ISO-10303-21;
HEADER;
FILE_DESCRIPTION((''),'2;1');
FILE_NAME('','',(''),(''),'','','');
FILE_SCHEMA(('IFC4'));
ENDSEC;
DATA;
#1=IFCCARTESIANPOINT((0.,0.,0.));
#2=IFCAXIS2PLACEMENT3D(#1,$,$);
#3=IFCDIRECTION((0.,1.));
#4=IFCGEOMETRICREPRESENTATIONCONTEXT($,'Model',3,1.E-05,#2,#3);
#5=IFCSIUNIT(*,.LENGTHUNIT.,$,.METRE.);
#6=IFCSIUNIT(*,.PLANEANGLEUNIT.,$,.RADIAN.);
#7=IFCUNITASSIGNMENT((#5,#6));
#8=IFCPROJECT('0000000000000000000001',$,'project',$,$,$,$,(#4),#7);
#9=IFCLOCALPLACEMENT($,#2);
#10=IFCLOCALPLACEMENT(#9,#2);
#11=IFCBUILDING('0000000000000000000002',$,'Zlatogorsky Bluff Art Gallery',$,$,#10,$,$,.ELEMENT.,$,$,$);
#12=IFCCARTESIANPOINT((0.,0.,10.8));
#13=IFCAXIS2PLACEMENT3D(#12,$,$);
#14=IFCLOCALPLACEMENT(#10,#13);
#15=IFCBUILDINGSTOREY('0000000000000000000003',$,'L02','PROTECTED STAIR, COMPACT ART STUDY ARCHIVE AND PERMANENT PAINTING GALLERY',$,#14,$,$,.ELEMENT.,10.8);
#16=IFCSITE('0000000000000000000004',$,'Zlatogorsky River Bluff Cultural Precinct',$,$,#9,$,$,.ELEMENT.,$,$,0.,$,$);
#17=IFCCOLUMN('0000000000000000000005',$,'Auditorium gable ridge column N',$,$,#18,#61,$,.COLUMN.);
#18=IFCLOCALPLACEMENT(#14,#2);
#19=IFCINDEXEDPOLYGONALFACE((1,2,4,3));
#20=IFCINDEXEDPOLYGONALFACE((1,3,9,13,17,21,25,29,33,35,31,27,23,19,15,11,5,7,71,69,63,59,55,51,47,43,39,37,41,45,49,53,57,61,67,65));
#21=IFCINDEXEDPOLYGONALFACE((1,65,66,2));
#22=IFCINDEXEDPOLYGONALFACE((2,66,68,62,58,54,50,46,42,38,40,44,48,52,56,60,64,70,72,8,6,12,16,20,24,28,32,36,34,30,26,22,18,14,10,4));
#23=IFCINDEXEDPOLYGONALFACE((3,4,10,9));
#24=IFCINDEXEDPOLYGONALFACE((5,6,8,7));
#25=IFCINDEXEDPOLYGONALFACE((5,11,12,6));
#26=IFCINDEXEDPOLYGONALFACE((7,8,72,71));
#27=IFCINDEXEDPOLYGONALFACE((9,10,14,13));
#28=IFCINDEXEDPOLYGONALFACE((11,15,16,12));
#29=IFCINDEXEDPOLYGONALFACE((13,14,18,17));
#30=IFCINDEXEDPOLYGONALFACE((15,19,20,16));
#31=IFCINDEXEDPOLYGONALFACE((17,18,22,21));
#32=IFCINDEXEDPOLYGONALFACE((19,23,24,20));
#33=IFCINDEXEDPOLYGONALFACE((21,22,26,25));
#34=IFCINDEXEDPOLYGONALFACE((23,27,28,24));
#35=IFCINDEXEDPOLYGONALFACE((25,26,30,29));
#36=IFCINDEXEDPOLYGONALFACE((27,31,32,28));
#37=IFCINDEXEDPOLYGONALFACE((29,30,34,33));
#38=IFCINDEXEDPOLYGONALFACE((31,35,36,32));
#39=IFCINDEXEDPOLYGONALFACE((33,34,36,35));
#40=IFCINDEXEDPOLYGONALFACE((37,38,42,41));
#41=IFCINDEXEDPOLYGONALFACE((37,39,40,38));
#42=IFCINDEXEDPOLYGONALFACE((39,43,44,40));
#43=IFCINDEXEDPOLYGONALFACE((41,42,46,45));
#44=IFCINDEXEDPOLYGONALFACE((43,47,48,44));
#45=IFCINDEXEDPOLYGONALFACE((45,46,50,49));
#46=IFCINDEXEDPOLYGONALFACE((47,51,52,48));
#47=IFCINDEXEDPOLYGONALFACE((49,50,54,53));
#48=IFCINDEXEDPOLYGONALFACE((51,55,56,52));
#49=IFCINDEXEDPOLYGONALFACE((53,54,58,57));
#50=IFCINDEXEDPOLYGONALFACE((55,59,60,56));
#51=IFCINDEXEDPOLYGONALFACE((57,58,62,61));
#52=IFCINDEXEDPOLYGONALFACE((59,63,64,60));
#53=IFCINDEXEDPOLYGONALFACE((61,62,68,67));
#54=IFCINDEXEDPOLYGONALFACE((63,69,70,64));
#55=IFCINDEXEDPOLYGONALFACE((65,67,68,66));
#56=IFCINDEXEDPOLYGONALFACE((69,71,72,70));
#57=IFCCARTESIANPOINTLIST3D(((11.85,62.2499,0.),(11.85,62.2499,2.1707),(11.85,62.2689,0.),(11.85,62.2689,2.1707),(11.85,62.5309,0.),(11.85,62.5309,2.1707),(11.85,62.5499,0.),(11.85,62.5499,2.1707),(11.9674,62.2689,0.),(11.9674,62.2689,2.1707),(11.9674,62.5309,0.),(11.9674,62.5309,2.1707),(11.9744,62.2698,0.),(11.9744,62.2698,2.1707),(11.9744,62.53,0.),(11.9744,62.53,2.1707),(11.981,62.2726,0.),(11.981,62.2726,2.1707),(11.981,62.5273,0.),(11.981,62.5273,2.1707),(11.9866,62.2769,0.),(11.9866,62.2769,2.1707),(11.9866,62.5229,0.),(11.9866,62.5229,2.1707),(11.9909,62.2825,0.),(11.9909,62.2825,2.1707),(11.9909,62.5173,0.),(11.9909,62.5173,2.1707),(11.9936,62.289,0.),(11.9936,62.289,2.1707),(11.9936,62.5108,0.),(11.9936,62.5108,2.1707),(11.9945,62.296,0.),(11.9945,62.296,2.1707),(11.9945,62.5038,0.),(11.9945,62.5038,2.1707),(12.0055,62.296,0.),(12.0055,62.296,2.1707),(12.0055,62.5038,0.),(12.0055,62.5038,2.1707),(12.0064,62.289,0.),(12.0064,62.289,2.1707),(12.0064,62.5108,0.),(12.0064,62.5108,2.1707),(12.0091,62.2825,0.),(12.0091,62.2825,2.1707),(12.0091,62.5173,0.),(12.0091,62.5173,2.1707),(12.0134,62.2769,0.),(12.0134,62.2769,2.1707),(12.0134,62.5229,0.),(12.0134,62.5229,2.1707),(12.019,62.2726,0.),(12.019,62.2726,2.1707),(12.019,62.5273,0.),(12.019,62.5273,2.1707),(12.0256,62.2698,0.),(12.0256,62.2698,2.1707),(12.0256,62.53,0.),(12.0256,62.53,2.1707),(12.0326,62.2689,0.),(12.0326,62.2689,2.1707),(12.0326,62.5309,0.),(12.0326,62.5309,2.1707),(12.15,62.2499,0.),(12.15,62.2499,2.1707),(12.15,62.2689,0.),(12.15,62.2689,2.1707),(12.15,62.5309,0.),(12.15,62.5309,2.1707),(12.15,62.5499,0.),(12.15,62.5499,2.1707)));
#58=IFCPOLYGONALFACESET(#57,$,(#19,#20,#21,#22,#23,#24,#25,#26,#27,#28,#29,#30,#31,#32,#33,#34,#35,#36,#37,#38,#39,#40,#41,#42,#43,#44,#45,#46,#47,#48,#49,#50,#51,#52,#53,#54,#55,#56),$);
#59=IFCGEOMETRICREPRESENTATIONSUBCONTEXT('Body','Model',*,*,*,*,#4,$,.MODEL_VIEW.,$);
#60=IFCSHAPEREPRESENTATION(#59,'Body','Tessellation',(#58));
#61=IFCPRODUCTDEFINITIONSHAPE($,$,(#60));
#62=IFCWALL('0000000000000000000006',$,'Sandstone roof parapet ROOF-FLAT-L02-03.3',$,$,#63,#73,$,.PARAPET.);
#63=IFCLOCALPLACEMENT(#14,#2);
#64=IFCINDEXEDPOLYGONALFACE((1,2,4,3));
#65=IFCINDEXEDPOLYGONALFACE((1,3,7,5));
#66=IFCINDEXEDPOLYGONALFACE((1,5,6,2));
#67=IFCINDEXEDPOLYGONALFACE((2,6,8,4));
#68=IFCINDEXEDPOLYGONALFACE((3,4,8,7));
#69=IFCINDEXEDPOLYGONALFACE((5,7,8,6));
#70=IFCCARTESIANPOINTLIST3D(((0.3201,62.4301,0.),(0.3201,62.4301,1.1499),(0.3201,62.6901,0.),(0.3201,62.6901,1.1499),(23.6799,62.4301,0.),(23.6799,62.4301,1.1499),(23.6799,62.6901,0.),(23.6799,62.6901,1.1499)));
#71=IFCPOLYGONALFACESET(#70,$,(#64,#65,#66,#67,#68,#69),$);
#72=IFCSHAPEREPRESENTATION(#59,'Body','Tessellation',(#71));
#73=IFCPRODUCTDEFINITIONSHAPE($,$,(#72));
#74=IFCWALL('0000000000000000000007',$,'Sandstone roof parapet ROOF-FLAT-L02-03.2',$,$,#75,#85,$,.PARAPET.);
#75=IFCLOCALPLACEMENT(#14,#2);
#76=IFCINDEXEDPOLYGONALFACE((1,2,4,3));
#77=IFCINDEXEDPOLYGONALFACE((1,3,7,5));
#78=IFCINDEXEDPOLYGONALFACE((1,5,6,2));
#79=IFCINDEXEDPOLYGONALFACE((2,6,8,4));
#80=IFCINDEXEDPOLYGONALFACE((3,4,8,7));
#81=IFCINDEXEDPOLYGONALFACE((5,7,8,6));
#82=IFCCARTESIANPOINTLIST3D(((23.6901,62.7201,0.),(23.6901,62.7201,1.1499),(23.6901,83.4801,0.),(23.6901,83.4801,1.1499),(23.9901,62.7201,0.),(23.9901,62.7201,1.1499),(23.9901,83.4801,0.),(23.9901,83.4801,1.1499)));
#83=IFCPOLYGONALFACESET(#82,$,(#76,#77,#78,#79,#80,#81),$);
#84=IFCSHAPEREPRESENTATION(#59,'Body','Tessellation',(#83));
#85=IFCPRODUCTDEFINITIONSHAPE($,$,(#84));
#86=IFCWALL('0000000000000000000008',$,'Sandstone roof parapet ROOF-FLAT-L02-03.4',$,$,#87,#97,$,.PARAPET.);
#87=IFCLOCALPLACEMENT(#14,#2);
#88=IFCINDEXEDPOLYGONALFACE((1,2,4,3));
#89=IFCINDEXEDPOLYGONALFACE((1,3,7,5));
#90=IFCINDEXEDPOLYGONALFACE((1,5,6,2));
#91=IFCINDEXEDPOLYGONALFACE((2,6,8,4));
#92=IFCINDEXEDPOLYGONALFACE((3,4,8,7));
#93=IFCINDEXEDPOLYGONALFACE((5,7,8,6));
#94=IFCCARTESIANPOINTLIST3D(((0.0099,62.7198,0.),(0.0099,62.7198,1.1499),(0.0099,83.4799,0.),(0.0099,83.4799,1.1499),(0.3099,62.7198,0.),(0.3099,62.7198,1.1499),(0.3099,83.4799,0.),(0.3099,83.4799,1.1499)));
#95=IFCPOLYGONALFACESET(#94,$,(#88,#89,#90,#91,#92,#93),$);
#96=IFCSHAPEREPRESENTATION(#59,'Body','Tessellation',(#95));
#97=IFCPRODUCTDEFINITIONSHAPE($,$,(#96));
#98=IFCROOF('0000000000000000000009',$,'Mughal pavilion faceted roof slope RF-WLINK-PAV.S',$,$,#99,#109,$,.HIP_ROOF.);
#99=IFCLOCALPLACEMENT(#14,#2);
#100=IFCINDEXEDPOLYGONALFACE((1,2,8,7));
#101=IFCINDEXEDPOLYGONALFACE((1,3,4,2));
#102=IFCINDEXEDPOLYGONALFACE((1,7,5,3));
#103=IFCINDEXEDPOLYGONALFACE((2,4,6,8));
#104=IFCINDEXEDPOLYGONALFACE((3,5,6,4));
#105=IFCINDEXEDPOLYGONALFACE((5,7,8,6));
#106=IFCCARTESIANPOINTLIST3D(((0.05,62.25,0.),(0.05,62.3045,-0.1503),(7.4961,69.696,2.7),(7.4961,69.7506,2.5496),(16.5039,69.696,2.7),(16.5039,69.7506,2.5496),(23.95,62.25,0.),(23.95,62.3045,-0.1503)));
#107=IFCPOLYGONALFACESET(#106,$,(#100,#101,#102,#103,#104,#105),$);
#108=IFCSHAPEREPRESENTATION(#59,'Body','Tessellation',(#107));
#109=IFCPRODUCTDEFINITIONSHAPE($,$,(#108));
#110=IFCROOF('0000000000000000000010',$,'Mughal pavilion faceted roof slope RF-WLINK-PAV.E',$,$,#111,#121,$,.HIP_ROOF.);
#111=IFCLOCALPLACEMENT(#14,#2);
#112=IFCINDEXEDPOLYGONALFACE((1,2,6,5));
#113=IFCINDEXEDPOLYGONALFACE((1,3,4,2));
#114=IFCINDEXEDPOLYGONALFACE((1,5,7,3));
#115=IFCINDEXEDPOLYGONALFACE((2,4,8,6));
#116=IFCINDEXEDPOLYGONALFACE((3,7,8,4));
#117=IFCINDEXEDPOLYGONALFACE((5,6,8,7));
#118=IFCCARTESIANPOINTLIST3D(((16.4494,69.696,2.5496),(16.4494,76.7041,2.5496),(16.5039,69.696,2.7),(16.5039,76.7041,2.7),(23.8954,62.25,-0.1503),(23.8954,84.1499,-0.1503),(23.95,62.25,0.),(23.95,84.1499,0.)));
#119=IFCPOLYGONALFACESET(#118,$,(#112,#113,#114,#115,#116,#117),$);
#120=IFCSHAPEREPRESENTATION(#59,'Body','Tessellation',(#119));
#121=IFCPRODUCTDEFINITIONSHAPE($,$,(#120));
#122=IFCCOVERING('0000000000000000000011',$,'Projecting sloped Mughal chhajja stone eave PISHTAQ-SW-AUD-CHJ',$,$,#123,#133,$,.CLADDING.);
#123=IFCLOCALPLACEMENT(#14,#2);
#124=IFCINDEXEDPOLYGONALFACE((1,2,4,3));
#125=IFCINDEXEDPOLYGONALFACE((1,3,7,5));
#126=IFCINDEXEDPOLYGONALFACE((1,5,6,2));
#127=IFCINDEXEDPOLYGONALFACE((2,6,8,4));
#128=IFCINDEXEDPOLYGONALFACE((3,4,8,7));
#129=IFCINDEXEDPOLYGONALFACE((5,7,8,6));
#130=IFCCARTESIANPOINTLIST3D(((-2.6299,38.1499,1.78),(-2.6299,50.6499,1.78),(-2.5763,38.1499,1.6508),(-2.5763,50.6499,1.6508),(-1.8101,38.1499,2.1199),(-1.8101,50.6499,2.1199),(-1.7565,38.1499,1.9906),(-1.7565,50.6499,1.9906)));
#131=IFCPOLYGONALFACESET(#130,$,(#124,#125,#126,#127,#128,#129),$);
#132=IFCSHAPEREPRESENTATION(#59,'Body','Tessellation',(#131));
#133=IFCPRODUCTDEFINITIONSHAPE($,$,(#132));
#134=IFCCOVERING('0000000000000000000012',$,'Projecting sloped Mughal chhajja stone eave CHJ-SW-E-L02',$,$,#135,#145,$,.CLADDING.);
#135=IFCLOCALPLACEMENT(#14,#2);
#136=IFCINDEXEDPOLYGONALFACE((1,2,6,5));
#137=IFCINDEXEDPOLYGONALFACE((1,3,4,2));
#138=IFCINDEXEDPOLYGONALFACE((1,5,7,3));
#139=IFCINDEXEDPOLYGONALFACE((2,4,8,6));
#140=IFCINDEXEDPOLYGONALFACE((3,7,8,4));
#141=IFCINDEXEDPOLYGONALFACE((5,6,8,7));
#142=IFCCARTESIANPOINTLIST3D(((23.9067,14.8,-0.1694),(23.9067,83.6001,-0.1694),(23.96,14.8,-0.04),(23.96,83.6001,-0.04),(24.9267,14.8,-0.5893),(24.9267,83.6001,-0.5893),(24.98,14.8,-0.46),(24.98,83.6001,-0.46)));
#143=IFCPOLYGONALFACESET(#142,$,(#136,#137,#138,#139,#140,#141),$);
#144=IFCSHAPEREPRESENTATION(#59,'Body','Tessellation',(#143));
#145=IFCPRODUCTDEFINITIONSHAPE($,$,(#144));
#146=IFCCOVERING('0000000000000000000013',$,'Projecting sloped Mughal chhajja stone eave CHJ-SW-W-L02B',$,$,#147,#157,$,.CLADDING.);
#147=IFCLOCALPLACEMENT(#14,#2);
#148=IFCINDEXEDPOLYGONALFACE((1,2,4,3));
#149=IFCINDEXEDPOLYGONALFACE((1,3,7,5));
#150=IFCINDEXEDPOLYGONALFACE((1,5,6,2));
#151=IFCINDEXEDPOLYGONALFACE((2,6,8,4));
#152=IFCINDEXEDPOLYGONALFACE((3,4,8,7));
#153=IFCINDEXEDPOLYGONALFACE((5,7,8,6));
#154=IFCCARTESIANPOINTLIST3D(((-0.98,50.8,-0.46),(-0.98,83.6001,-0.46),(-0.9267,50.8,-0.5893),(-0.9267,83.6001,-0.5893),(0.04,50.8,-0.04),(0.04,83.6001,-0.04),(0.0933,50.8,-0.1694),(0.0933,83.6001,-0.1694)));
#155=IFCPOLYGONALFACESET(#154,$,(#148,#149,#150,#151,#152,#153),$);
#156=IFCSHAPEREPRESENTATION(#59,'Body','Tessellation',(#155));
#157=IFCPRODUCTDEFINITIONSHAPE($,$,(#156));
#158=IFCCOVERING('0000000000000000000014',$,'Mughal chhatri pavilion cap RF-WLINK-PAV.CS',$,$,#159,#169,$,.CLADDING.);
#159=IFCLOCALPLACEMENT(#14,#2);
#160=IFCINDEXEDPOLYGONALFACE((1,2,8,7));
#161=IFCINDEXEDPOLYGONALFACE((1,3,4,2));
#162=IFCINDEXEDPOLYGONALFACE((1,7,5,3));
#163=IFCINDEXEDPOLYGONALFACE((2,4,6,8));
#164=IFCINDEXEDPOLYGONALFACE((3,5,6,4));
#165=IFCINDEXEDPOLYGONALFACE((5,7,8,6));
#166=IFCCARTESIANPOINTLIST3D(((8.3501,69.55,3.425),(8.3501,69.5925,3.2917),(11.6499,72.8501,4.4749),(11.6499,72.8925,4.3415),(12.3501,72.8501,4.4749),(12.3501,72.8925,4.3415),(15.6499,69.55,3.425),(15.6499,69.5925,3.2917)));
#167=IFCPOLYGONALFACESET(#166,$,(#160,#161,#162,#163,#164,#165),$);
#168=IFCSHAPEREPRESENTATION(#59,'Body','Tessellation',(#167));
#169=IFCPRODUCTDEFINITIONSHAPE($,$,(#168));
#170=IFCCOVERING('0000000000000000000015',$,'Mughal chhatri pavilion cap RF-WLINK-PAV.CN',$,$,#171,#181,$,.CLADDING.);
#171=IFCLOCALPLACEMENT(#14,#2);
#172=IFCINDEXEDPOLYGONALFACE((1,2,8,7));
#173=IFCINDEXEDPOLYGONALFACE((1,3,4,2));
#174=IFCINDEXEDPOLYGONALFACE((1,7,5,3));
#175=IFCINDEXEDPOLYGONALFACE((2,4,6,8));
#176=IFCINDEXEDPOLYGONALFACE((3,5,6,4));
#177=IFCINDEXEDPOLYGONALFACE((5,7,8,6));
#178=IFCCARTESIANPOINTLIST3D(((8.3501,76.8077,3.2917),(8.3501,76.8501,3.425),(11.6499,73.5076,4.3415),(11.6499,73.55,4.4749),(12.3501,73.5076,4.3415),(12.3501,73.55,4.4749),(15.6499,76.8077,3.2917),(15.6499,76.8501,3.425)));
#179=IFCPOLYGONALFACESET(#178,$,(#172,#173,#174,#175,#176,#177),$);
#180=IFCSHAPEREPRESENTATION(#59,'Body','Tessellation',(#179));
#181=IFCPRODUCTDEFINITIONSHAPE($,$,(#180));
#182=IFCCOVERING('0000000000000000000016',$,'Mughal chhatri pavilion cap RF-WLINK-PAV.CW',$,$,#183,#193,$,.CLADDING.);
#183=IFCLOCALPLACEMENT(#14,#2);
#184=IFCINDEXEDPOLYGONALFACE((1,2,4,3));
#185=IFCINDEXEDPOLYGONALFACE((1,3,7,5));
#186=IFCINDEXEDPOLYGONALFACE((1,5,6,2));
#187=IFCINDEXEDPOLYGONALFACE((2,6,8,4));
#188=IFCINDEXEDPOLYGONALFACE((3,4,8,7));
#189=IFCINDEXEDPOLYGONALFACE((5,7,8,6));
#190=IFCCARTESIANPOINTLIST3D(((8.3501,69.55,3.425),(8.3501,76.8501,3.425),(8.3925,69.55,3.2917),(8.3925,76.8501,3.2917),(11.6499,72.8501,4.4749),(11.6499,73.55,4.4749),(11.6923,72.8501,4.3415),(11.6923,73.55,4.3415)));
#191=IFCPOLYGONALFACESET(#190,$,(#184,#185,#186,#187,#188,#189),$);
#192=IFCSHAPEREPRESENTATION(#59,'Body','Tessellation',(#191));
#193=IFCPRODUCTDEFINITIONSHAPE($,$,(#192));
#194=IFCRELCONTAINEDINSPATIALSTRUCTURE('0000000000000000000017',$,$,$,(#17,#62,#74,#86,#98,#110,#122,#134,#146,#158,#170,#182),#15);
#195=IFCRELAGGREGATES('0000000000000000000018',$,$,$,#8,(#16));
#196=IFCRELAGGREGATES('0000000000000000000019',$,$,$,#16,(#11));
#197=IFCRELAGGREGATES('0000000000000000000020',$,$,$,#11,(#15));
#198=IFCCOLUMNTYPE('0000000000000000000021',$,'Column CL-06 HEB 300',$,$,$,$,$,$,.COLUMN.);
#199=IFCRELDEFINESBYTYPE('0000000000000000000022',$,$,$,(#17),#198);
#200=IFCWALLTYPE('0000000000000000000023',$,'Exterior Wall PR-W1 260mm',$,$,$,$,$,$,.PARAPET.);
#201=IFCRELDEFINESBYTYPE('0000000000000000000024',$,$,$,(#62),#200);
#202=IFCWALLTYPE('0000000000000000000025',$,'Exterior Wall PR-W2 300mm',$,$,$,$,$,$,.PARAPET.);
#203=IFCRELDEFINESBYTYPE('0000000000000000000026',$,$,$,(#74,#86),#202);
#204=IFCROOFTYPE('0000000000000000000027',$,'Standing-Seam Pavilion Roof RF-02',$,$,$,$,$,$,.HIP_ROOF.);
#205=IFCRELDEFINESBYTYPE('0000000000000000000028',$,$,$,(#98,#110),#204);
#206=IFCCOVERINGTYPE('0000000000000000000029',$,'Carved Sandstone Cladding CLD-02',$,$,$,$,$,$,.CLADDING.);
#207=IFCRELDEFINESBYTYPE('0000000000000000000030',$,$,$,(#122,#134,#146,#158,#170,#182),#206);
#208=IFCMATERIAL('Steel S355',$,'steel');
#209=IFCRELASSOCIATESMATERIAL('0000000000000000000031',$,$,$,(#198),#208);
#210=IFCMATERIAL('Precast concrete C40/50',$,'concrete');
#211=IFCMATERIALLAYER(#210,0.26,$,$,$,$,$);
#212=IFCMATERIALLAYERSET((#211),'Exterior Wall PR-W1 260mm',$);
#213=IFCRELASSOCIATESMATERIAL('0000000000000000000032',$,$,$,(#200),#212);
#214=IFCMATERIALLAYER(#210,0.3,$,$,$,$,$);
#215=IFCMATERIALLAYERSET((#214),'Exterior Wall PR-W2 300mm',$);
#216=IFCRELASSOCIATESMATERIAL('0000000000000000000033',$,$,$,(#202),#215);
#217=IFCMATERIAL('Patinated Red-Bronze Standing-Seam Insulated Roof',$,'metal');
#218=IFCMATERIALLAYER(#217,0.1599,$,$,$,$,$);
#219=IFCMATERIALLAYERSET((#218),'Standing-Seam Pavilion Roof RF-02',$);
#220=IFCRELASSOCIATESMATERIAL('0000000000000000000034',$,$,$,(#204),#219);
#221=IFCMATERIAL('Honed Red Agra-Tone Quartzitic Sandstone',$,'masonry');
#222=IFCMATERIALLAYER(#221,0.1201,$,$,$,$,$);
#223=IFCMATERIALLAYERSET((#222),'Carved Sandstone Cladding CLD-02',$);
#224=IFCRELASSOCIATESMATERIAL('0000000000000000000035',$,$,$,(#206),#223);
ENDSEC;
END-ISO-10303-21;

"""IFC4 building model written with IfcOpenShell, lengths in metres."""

from ifc_helpers import new_model, si_unit, direction, frame, frame_2d, origin, origin_2d, place, context, subcontext, project, spatial, polyline, rectangle, i_section, outline, extrude, material, layer, layer_set, material_profile, profile_set, type_object, element, save


model = new_model("IFC4")

# Units and contexts
model_context = context("Model", 3, precision=1e-05, world=origin(), true_north=direction((0.0, 1.0)))
body_context = subcontext(model_context, "Body", "Model", "MODEL_VIEW")
ifc_project = project(units=[si_unit("LENGTHUNIT", "METRE"), si_unit("PLANEANGLEUNIT", "RADIAN")], contexts=[model_context])

# Site, building, storey
site_placement = place(None, origin())
site = spatial("IfcSite", under=ifc_project, at=site_placement, Name="Zlatogorsky River Bluff Cultural Precinct", CompositionType="ELEMENT", RefElevation=0.0)
building_placement = place(site_placement, origin())
building = spatial("IfcBuilding", under=site, at=building_placement, Name="Zlatogorsky Bluff Art Gallery", CompositionType="ELEMENT")
storey_placement = place(building_placement, frame((0.0, 0.0, 10.8)))
storey = spatial("IfcBuildingStorey", under=building, at=storey_placement, Name="L02", Description="PROTECTED STAIR, COMPACT ART STUDY ARCHIVE AND PERMANENT PAINTING GALLERY", CompositionType="ELEMENT", Elevation=10.8)

# Column
ifc_material_1 = material(Name="Steel S355", Category="steel")
ifc_material_profile = material_profile(ifc_material_1, i_section(OverallWidth=0.3, OverallDepth=0.3, WebThickness=0.011, FlangeThickness=0.019, FilletRadius=0.0271, at=origin_2d()), Name="HEB 300")
ifc_profile_set = profile_set([ifc_material_profile], Name="Steel S355")
column_type = type_object("IfcColumnType", Name="Column CL-06 HEB 300", PredefinedType="COLUMN", material=ifc_profile_set)
column_placement = place(storey_placement, frame((12.0, 62.3999, 0.0), z_axis=(0.0, 0.0, 1.0), x_axis=(1.0, 0.0, 0.0)))
element("IfcColumn", 1, at=column_placement, inside=storey, type_object=column_type, Name="Auditorium gable ridge column N", PredefinedType="COLUMN", context=body_context, shape_type="SweptSolid", body=[
    extrude(i_section(OverallWidth=0.3, OverallDepth=0.3, WebThickness=0.011, FlangeThickness=0.019, FilletRadius=0.0271, at=origin_2d()), origin(), (0.0, 0.0, 1.0), 2.1707),
])

# Walls
ifc_material_2 = material(Name="Precast concrete C40/50", Category="concrete")
ifc_layer_1 = layer(ifc_material_2, 0.26)
ifc_layer_set_1 = layer_set([ifc_layer_1], Name="Exterior Wall PR-W1 260mm")
wall_type_1 = type_object("IfcWallType", Name="Exterior Wall PR-W1 260mm", PredefinedType="PARAPET", material=ifc_layer_set_1)
wall_placement = place(storey_placement, frame((23.6799, 62.5601, 0.0), z_axis=(0.0, 0.0, 1.0), x_axis=(-1.0, 0.0, 0.0)))
element("IfcWall", 2, at=wall_placement, inside=storey, type_object=wall_type_1, Name="Sandstone roof parapet ROOF-FLAT-L02-03.3", PredefinedType="PARAPET", context=body_context, shape_type="SweptSolid", body=[
    extrude(rectangle(XDim=23.3599, YDim=0.26, at=frame_2d((11.6799, 0.0))), origin(), (0.0, 0.0, 1.0), 1.1499),
])
ifc_layer_2 = layer(ifc_material_2, 0.3)
ifc_layer_set_2 = layer_set([ifc_layer_2], Name="Exterior Wall PR-W2 300mm")
wall_type_2 = type_object("IfcWallType", Name="Exterior Wall PR-W2 300mm", PredefinedType="PARAPET", material=ifc_layer_set_2)
for number, where, z_axis, x_axis, name in (
    (3, (23.8401, 83.48, 0.0), (0.0, 0.0, 1.0), (0.0, -1.0, 0.0), "Sandstone roof parapet ROOF-FLAT-L02-03.2"),
    (4, (0.1599, 62.72, 0.0), (0.0, 0.0, 1.0), (0.0, 1.0, 0.0), "Sandstone roof parapet ROOF-FLAT-L02-03.4"),
):
    element("IfcWall", number, at=place(storey_placement, frame(where, z_axis=z_axis, x_axis=x_axis)), inside=storey, type_object=wall_type_2, Name=name, PredefinedType="PARAPET", context=body_context, shape_type="SweptSolid", body=[
        extrude(rectangle(XDim=20.76, YDim=0.3, at=frame_2d((10.3799, 0.0))), origin(), (0.0, 0.0, 1.0), 1.1499),
    ])

# Roofs
ifc_material_3 = material(Name="Patinated Red-Bronze Standing-Seam Insulated Roof", Category="metal")
ifc_layer_3 = layer(ifc_material_3, 0.1599)
ifc_layer_set_3 = layer_set([ifc_layer_3], Name="Standing-Seam Pavilion Roof RF-02")
roof_type = type_object("IfcRoofType", Name="Standing-Seam Pavilion Roof RF-02", PredefinedType="HIP_ROOF", material=ifc_layer_set_3)
roof_1_placement = place(storey_placement, frame((0.05, 62.25, 0.0), z_axis=(0.0, -0.340884, 0.940105), x_axis=(1.0, 0.0, 0.0)))
element("IfcRoof", 5, at=roof_1_placement, inside=storey, type_object=roof_type, Name="Mughal pavilion faceted roof slope RF-WLINK-PAV.S", PredefinedType="HIP_ROOF", context=body_context, shape_type="SweptSolid", body=[
    extrude(outline(polyline([(0.0, 0.0), (23.8999, 0.0), (16.4539, 7.9204), (7.446, 7.9204), (0.0, 0.0)])), origin(), (0.0, 0.0, -1.0), 0.1599),
])
roof_2_placement = place(storey_placement, frame((23.95, 62.25, 0.0), z_axis=(0.340884, 0.0, 0.940105), x_axis=(0.0, 1.0, 0.0)))
element("IfcRoof", 6, at=roof_2_placement, inside=storey, type_object=roof_type, Name="Mughal pavilion faceted roof slope RF-WLINK-PAV.E", PredefinedType="HIP_ROOF", context=body_context, shape_type="SweptSolid", body=[
    extrude(outline(polyline([(0.0, 0.0), (21.8999, 0.0), (14.4541, 7.9204), (7.446, 7.9204), (0.0, 0.0)])), origin(), (0.0, 0.0, -1.0), 0.1599),
])

# Coverings
ifc_material_4 = material(Name="Honed Red Agra-Tone Quartzitic Sandstone", Category="masonry")
ifc_layer_4 = layer(ifc_material_4, 0.1201)
ifc_layer_set_4 = layer_set([ifc_layer_4], Name="Carved Sandstone Cladding CLD-02")
covering_type = type_object("IfcCoveringType", Name="Carved Sandstone Cladding CLD-02", PredefinedType="CLADDING", material=ifc_layer_set_4)
covering_1_placement = place(storey_placement, frame((-1.8101, 38.1499, 2.1199), z_axis=(-0.382935, 0.0, 0.923775), x_axis=(0.0, 1.0, 0.0)))
element("IfcCovering", 7, at=covering_1_placement, inside=storey, type_object=covering_type, Name="Projecting sloped Mughal chhajja stone eave PISHTAQ-SW-AUD-CHJ", PredefinedType="CLADDING", context=body_context, shape_type="SweptSolid", body=[
    extrude(outline(polyline([(0.0, 0.0), (12.5, 0.0), (12.5, 0.8875), (0.0, 0.8875), (0.0, 0.0)])), origin(), (0.0, 0.0, -1.0), 0.1399),
])
covering_2_placement = place(storey_placement, frame((23.96, 83.6001, -0.04), z_axis=(0.380683, 0.0, 0.924706), x_axis=(0.0, -1.0, 0.0)))
element("IfcCovering", 8, at=covering_2_placement, inside=storey, type_object=covering_type, Name="Projecting sloped Mughal chhajja stone eave CHJ-SW-E-L02", PredefinedType="CLADDING", context=body_context, shape_type="SweptSolid", body=[
    extrude(outline(polyline([(0.0, 0.0), (68.8, 0.0), (68.8, 1.1031), (0.0, 1.1031), (0.0, 0.0)])), origin(), (0.0, 0.0, -1.0), 0.1399),
])
covering_3_placement = place(storey_placement, frame((0.04, 50.8, -0.04), z_axis=(-0.380683, 0.0, 0.924706), x_axis=(0.0, 1.0, 0.0)))
element("IfcCovering", 9, at=covering_3_placement, inside=storey, type_object=covering_type, Name="Projecting sloped Mughal chhajja stone eave CHJ-SW-W-L02B", PredefinedType="CLADDING", context=body_context, shape_type="SweptSolid", body=[
    extrude(outline(polyline([(0.0, 0.0), (32.8, 0.0), (32.8, 1.1031), (0.0, 1.1031), (0.0, 0.0)])), origin(), (0.0, 0.0, -1.0), 0.1399),
])
for number, where, z_axis, x_axis, name in (
    (10, (8.3501, 69.55, 3.425), (0.0, -0.303148, 0.952943), (1.0, 0.0, 0.0), "Mughal chhatri pavilion cap RF-WLINK-PAV.CS"),
    (11, (15.6499, 76.8501, 3.425), (0.0, 0.303148, 0.952943), (-1.0, 0.0, 0.0), "Mughal chhatri pavilion cap RF-WLINK-PAV.CN"),
):
    element("IfcCovering", number, at=place(storey_placement, frame(where, z_axis=z_axis, x_axis=x_axis)), inside=storey, type_object=covering_type, Name=name, PredefinedType="CLADDING", context=body_context, shape_type="SweptSolid", body=[
        extrude(outline(polyline([(0.0, 0.0), (7.2998, 0.0), (4.0, 3.463), (3.2998, 3.463), (0.0, 0.0)])), origin(), (0.0, 0.0, -1.0), 0.1399),
    ])
for number, where, z_axis, x_axis, name in (
    (12, (8.3501, 76.8501, 3.425), (-0.303169, 0.0, 0.952937), (0.0, -1.0, 0.0), "Mughal chhatri pavilion cap RF-WLINK-PAV.CW"),
):
    element("IfcCovering", number, at=place(storey_placement, frame(where, z_axis=z_axis, x_axis=x_axis)), inside=storey, type_object=covering_type, Name=name, PredefinedType="CLADDING", context=body_context, shape_type="SweptSolid", body=[
        extrude(outline(polyline([(0.0, 0.0), (7.3, 0.0), (4.0, 3.4628), (3.3, 3.4628), (0.0, 0.0)])), origin(), (0.0, 0.0, -1.0), 0.1399),
    ])

save(model, "model.ifc")
